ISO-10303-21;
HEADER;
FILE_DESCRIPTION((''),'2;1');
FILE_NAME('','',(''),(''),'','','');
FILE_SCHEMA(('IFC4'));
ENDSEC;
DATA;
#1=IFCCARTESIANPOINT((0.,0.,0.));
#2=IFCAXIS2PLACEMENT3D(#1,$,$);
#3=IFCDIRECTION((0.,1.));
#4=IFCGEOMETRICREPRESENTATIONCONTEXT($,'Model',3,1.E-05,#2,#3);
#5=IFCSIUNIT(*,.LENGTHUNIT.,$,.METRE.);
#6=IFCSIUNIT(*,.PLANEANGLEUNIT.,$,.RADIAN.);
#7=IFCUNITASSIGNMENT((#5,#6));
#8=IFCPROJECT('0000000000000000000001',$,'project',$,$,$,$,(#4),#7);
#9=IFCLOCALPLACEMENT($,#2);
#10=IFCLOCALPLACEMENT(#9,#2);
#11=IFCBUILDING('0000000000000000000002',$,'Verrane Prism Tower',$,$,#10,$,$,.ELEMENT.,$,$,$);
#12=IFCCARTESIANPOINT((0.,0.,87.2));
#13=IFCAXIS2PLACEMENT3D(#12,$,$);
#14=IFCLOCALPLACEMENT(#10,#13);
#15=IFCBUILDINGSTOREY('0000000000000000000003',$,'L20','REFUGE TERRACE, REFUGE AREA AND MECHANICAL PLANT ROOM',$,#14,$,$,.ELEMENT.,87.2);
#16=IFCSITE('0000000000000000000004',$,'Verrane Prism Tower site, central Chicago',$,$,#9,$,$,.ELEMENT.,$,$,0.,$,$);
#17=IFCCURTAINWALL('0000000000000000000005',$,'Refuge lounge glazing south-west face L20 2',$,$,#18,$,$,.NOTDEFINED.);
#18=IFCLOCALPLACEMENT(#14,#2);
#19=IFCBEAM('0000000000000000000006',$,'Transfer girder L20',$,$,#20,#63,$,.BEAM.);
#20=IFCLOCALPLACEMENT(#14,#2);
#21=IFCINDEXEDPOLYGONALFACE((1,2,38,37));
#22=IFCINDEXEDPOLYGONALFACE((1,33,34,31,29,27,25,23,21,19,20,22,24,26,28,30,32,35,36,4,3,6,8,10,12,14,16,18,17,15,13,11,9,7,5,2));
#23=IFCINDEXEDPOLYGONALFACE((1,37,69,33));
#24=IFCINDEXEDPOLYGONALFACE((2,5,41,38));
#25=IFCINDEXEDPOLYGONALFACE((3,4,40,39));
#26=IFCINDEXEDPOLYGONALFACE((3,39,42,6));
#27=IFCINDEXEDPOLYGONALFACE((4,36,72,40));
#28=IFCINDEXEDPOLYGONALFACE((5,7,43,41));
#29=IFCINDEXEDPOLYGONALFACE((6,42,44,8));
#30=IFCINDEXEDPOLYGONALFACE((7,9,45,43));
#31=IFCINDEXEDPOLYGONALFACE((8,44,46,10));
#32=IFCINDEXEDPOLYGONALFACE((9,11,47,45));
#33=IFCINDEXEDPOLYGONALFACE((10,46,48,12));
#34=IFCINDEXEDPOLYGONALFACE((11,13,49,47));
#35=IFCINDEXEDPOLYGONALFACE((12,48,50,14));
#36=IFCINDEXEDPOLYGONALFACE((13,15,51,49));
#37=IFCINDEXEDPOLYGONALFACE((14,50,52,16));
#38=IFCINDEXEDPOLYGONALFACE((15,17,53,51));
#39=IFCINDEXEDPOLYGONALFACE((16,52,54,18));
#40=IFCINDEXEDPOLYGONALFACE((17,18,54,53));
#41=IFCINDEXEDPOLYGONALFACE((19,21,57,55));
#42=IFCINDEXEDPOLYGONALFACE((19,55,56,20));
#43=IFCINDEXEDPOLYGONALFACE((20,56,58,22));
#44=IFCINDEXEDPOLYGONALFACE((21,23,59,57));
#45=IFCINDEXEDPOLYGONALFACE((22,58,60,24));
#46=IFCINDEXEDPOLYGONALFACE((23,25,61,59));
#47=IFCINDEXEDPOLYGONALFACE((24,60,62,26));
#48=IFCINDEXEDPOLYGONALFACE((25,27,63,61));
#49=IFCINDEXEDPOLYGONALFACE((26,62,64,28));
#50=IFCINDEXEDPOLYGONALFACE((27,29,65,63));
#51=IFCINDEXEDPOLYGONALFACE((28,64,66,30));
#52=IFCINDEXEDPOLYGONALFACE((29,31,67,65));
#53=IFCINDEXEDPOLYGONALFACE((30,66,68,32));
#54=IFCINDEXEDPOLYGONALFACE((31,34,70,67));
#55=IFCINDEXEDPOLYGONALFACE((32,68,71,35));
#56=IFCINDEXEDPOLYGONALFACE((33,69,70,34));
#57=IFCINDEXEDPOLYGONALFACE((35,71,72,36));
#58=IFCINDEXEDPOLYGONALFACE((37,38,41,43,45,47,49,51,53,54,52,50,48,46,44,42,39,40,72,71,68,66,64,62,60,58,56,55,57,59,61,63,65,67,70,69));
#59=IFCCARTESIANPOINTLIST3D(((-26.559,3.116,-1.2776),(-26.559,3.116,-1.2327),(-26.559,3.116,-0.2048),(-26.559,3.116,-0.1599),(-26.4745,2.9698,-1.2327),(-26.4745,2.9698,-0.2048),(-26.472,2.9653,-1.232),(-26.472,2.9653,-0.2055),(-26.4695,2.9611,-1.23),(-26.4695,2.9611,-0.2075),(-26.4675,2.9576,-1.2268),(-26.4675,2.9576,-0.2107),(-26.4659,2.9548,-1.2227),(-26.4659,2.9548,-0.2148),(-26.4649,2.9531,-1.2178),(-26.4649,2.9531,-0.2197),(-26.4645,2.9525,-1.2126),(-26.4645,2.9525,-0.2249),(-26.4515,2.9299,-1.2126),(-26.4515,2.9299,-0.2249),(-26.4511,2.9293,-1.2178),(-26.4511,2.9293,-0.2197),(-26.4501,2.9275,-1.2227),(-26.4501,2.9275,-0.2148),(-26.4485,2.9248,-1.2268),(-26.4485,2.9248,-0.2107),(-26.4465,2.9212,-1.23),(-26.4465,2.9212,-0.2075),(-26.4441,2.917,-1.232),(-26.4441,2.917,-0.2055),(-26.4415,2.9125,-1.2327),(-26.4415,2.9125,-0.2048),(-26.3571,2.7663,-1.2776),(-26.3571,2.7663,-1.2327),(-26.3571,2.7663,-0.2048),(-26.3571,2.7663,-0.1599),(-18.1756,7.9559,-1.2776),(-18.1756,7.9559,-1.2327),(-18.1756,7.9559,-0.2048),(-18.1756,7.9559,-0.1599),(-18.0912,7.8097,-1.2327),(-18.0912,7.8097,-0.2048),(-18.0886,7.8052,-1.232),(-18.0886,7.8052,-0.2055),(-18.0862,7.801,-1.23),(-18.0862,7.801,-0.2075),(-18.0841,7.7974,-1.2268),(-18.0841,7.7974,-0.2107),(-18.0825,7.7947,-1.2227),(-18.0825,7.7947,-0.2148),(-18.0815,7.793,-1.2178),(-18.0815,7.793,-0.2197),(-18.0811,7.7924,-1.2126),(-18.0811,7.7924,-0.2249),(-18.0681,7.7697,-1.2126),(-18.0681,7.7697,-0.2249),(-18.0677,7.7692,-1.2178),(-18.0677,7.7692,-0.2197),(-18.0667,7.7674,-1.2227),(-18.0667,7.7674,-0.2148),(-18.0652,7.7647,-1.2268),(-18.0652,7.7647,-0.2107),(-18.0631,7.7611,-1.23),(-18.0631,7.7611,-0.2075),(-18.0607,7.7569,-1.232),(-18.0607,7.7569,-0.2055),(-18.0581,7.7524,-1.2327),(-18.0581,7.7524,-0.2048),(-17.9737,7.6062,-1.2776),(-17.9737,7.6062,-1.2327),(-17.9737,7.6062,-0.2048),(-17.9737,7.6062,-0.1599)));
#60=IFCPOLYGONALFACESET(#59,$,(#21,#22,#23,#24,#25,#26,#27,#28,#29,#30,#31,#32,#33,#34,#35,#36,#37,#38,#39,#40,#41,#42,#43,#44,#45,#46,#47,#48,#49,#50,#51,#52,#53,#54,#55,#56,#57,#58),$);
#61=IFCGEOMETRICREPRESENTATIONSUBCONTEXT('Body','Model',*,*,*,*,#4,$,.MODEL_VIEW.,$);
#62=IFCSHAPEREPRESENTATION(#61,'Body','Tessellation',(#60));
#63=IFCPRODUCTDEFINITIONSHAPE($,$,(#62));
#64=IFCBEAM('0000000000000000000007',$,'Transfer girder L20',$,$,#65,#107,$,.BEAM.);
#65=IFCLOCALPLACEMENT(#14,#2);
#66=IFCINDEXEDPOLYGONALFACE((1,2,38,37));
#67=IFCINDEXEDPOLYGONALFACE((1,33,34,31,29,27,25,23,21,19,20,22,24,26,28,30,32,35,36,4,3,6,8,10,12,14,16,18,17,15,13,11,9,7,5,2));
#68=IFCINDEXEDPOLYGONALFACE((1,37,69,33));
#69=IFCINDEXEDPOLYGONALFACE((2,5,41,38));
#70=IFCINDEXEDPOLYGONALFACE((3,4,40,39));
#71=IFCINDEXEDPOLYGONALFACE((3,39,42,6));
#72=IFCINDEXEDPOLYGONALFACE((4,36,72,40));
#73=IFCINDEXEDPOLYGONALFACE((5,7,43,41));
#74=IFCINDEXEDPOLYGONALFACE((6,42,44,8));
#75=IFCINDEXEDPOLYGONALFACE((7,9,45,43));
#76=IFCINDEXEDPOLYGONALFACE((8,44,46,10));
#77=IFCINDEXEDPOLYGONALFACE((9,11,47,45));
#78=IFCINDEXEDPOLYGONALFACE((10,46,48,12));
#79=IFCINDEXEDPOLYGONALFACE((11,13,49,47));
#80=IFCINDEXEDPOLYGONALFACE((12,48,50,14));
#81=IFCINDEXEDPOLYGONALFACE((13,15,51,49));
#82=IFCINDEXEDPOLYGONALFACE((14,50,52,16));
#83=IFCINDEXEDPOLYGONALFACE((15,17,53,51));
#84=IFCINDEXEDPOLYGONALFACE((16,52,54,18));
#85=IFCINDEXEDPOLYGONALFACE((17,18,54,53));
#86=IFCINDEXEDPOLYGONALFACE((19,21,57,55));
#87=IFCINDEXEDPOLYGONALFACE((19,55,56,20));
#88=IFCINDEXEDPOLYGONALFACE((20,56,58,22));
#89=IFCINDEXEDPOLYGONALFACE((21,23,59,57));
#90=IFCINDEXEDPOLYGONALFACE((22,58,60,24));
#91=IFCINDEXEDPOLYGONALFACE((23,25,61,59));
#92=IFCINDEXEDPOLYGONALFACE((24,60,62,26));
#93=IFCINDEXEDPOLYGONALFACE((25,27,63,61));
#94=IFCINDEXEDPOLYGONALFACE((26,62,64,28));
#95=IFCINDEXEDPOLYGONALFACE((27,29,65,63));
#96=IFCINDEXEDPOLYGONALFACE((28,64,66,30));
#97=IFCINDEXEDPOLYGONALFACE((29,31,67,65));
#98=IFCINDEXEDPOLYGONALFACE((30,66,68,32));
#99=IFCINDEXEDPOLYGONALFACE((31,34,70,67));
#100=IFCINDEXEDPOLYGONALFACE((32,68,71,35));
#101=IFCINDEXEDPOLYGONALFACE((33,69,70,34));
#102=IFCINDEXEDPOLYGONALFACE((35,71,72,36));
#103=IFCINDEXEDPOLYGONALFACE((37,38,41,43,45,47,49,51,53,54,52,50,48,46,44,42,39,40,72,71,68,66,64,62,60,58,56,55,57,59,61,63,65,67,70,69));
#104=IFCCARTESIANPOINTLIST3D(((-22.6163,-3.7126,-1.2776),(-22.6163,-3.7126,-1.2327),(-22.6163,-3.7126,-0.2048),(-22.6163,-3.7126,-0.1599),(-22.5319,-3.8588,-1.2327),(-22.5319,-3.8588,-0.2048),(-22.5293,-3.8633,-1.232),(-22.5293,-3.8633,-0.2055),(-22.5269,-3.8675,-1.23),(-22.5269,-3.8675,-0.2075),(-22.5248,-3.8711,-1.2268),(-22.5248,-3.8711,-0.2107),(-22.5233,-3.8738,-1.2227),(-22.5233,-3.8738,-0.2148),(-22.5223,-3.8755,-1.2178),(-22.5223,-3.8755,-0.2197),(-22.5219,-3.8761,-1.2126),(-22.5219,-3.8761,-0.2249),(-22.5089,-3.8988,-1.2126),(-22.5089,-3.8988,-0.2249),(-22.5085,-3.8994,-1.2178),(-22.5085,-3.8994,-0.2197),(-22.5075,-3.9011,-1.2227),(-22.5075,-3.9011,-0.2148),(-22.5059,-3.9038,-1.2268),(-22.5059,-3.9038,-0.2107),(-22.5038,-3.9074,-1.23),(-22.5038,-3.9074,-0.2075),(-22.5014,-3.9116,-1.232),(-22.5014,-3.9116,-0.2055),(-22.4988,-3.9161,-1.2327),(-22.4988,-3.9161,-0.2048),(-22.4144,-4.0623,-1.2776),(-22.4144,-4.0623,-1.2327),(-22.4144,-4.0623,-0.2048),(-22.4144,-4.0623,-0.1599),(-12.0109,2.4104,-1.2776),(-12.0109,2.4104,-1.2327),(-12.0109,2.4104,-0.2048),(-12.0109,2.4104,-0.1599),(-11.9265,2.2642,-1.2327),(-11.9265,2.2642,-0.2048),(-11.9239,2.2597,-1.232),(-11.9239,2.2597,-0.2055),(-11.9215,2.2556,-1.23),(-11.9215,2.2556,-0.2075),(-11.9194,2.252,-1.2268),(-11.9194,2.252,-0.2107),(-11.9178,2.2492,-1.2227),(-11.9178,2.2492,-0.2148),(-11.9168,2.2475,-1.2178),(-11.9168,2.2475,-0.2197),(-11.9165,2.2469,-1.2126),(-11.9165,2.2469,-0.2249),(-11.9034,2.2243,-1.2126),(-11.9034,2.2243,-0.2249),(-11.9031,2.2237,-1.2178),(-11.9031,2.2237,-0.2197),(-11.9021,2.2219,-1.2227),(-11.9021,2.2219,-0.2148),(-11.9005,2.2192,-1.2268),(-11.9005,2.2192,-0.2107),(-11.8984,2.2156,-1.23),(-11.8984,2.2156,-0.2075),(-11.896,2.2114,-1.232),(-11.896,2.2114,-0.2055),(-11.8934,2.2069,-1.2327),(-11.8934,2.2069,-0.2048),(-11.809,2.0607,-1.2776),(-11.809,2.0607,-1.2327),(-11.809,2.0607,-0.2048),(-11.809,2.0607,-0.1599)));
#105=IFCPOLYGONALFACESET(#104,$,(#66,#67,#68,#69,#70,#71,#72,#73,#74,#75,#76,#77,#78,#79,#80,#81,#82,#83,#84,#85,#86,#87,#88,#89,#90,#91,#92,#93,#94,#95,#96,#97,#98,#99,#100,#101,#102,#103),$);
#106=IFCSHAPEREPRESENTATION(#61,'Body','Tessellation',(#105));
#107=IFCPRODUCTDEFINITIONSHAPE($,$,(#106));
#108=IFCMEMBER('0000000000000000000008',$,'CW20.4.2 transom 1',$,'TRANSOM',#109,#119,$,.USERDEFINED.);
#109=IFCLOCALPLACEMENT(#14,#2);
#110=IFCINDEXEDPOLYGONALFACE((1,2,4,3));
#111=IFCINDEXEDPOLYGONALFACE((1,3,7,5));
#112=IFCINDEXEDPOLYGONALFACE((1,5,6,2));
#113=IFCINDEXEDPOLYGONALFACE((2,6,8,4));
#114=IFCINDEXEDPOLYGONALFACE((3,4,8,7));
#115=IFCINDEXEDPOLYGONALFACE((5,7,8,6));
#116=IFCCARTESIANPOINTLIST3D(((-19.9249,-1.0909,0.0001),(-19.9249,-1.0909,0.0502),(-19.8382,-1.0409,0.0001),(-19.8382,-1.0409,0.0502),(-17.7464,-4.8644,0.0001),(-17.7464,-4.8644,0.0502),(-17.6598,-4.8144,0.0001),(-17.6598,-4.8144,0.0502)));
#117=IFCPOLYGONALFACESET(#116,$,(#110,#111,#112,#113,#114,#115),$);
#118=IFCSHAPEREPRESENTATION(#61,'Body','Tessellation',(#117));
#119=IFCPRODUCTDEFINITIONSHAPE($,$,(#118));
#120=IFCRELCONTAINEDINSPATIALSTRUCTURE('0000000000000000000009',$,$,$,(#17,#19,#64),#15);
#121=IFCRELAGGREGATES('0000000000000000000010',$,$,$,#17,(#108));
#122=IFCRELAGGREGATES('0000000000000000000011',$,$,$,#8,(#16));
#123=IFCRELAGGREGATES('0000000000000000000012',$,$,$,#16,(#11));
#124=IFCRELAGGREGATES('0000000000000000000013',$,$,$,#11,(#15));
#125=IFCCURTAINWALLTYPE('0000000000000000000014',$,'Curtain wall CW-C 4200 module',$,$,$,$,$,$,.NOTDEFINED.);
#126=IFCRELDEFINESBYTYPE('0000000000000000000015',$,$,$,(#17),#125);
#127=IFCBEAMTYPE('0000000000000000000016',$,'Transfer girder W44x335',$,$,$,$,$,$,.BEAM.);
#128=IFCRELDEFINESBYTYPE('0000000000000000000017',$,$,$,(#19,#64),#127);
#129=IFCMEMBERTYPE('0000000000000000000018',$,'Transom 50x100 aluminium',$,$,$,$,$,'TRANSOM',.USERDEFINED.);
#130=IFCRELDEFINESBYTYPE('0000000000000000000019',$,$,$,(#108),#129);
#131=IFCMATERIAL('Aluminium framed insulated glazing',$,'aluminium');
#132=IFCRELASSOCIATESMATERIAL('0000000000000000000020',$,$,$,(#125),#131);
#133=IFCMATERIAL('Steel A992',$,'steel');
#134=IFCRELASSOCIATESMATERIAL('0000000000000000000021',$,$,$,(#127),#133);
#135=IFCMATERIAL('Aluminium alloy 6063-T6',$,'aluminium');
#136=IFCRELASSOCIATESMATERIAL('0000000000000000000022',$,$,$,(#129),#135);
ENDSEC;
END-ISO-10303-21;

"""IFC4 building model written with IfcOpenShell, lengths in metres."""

from ifc_helpers import new_model, si_unit, direction, frame, origin, origin_2d, place, context, subcontext, project, spatial, rectangle, i_section, extrude, material, material_profile, profile_set, type_object, element, aggregate, save


model = new_model("IFC4")

# Units and contexts
model_context = context("Model", 3, precision=1e-05, world=origin(), true_north=direction((0.0, 1.0)))
body_context = subcontext(model_context, "Body", "Model", "MODEL_VIEW")
ifc_project = project(units=[si_unit("LENGTHUNIT", "METRE"), si_unit("PLANEANGLEUNIT", "RADIAN")], contexts=[model_context])

# Site, building, storey
site_placement = place(None, origin())
site = spatial("IfcSite", under=ifc_project, at=site_placement, Name="Verrane Prism Tower site, central Chicago", CompositionType="ELEMENT", RefElevation=0.0)
building_placement = place(site_placement, origin())
building = spatial("IfcBuilding", under=site, at=building_placement, Name="Verrane Prism Tower", CompositionType="ELEMENT")
storey_placement = place(building_placement, frame((0.0, 0.0, 87.2)))
storey = spatial("IfcBuildingStorey", under=building, at=storey_placement, Name="L20", Description="REFUGE TERRACE, REFUGE AREA AND MECHANICAL PLANT ROOM", CompositionType="ELEMENT", Elevation=87.2)

# Curtain wall
ifc_material_1 = material(Name="Aluminium framed insulated glazing", Category="aluminium")
curtain_wall_type = type_object("IfcCurtainWallType", Name="Curtain wall CW-C 4200 module", PredefinedType="NOTDEFINED", material=ifc_material_1)
curtain_wall_placement = place(storey_placement, origin())
curtain_wall = element("IfcCurtainWall", 1, at=curtain_wall_placement, inside=storey, type_object=curtain_wall_type, Name="Refuge lounge glazing south-west face L20 2", PredefinedType="NOTDEFINED")

# Beams
ifc_material_2 = material(Name="Steel A992", Category="steel")
ifc_material_profile_1 = material_profile(ifc_material_2, i_section(OverallWidth=0.4038, OverallDepth=1.1177, WebThickness=0.0261, FlangeThickness=0.0449, FilletRadius=0.02, at=origin_2d()), Name="W44x335")
ifc_profile_set_1 = profile_set([ifc_material_profile_1], Name="Steel A992")
beam_type_1 = type_object("IfcBeamType", Name="Transfer girder W44x335", PredefinedType="BEAM", material=ifc_profile_set_1)
beam_1_placement = place(storey_placement, frame((-26.458, 2.9412, -0.7188), z_axis=(0.866037, 0.49998, 0.0), x_axis=(-0.49998, 0.866037, 0.0)))
element("IfcBeam", 2, at=beam_1_placement, inside=storey, type_object=beam_type_1, Name="Transfer girder L20", PredefinedType="BEAM", context=body_context, shape_type="SweptSolid", body=[
    extrude(i_section(OverallWidth=0.4038, OverallDepth=1.1177, WebThickness=0.0261, FlangeThickness=0.0449, FilletRadius=0.02, at=origin_2d()), origin(), (0.0, 0.0, 1.0), 9.6802),
])
beam_2_placement = place(storey_placement, frame((-22.5154, -3.8875, -0.7188), z_axis=(0.866026, 0.499999, 0.0), x_axis=(-0.499999, 0.866026, 0.0)))
element("IfcBeam", 3, at=beam_2_placement, inside=storey, type_object=beam_type_1, Name="Transfer girder L20", PredefinedType="BEAM", context=body_context, shape_type="SweptSolid", body=[
    extrude(i_section(OverallWidth=0.4038, OverallDepth=1.1177, WebThickness=0.0261, FlangeThickness=0.0449, FilletRadius=0.02, at=origin_2d()), origin(), (0.0, 0.0, 1.0), 12.2461),
])

# Member
ifc_material_3 = material(Name="Aluminium alloy 6063-T6", Category="aluminium")
ifc_material_profile_2 = material_profile(ifc_material_3, rectangle(XDim=0.1001, YDim=0.05, at=origin_2d()), Name="Transom 50x100 aluminium")
ifc_profile_set_2 = profile_set([ifc_material_profile_2], Name="Aluminium alloy 6063-T6")
member_type_1 = type_object("IfcMemberType", Name="Transom 50x100 aluminium", ElementType="TRANSOM", PredefinedType="USERDEFINED", material=ifc_profile_set_2)
member_1_placement = place(storey_placement, frame((-19.8816, -1.0659, 0.0251), z_axis=(0.499978, -0.866038, 0.0), x_axis=(0.866038, 0.499978, 0.0)))
member_1 = element("IfcMember", 4, at=member_1_placement, type_object=member_type_1, Name="CW20.4.2 transom 1", ObjectType="TRANSOM", PredefinedType="USERDEFINED", context=body_context, shape_type="SweptSolid", body=[
    extrude(rectangle(XDim=0.1001, YDim=0.05, at=origin_2d()), origin(), (0.0, 0.0, 1.0), 4.3572),
])
aggregate(curtain_wall, [member_1])

save(model, "model.ifc")
